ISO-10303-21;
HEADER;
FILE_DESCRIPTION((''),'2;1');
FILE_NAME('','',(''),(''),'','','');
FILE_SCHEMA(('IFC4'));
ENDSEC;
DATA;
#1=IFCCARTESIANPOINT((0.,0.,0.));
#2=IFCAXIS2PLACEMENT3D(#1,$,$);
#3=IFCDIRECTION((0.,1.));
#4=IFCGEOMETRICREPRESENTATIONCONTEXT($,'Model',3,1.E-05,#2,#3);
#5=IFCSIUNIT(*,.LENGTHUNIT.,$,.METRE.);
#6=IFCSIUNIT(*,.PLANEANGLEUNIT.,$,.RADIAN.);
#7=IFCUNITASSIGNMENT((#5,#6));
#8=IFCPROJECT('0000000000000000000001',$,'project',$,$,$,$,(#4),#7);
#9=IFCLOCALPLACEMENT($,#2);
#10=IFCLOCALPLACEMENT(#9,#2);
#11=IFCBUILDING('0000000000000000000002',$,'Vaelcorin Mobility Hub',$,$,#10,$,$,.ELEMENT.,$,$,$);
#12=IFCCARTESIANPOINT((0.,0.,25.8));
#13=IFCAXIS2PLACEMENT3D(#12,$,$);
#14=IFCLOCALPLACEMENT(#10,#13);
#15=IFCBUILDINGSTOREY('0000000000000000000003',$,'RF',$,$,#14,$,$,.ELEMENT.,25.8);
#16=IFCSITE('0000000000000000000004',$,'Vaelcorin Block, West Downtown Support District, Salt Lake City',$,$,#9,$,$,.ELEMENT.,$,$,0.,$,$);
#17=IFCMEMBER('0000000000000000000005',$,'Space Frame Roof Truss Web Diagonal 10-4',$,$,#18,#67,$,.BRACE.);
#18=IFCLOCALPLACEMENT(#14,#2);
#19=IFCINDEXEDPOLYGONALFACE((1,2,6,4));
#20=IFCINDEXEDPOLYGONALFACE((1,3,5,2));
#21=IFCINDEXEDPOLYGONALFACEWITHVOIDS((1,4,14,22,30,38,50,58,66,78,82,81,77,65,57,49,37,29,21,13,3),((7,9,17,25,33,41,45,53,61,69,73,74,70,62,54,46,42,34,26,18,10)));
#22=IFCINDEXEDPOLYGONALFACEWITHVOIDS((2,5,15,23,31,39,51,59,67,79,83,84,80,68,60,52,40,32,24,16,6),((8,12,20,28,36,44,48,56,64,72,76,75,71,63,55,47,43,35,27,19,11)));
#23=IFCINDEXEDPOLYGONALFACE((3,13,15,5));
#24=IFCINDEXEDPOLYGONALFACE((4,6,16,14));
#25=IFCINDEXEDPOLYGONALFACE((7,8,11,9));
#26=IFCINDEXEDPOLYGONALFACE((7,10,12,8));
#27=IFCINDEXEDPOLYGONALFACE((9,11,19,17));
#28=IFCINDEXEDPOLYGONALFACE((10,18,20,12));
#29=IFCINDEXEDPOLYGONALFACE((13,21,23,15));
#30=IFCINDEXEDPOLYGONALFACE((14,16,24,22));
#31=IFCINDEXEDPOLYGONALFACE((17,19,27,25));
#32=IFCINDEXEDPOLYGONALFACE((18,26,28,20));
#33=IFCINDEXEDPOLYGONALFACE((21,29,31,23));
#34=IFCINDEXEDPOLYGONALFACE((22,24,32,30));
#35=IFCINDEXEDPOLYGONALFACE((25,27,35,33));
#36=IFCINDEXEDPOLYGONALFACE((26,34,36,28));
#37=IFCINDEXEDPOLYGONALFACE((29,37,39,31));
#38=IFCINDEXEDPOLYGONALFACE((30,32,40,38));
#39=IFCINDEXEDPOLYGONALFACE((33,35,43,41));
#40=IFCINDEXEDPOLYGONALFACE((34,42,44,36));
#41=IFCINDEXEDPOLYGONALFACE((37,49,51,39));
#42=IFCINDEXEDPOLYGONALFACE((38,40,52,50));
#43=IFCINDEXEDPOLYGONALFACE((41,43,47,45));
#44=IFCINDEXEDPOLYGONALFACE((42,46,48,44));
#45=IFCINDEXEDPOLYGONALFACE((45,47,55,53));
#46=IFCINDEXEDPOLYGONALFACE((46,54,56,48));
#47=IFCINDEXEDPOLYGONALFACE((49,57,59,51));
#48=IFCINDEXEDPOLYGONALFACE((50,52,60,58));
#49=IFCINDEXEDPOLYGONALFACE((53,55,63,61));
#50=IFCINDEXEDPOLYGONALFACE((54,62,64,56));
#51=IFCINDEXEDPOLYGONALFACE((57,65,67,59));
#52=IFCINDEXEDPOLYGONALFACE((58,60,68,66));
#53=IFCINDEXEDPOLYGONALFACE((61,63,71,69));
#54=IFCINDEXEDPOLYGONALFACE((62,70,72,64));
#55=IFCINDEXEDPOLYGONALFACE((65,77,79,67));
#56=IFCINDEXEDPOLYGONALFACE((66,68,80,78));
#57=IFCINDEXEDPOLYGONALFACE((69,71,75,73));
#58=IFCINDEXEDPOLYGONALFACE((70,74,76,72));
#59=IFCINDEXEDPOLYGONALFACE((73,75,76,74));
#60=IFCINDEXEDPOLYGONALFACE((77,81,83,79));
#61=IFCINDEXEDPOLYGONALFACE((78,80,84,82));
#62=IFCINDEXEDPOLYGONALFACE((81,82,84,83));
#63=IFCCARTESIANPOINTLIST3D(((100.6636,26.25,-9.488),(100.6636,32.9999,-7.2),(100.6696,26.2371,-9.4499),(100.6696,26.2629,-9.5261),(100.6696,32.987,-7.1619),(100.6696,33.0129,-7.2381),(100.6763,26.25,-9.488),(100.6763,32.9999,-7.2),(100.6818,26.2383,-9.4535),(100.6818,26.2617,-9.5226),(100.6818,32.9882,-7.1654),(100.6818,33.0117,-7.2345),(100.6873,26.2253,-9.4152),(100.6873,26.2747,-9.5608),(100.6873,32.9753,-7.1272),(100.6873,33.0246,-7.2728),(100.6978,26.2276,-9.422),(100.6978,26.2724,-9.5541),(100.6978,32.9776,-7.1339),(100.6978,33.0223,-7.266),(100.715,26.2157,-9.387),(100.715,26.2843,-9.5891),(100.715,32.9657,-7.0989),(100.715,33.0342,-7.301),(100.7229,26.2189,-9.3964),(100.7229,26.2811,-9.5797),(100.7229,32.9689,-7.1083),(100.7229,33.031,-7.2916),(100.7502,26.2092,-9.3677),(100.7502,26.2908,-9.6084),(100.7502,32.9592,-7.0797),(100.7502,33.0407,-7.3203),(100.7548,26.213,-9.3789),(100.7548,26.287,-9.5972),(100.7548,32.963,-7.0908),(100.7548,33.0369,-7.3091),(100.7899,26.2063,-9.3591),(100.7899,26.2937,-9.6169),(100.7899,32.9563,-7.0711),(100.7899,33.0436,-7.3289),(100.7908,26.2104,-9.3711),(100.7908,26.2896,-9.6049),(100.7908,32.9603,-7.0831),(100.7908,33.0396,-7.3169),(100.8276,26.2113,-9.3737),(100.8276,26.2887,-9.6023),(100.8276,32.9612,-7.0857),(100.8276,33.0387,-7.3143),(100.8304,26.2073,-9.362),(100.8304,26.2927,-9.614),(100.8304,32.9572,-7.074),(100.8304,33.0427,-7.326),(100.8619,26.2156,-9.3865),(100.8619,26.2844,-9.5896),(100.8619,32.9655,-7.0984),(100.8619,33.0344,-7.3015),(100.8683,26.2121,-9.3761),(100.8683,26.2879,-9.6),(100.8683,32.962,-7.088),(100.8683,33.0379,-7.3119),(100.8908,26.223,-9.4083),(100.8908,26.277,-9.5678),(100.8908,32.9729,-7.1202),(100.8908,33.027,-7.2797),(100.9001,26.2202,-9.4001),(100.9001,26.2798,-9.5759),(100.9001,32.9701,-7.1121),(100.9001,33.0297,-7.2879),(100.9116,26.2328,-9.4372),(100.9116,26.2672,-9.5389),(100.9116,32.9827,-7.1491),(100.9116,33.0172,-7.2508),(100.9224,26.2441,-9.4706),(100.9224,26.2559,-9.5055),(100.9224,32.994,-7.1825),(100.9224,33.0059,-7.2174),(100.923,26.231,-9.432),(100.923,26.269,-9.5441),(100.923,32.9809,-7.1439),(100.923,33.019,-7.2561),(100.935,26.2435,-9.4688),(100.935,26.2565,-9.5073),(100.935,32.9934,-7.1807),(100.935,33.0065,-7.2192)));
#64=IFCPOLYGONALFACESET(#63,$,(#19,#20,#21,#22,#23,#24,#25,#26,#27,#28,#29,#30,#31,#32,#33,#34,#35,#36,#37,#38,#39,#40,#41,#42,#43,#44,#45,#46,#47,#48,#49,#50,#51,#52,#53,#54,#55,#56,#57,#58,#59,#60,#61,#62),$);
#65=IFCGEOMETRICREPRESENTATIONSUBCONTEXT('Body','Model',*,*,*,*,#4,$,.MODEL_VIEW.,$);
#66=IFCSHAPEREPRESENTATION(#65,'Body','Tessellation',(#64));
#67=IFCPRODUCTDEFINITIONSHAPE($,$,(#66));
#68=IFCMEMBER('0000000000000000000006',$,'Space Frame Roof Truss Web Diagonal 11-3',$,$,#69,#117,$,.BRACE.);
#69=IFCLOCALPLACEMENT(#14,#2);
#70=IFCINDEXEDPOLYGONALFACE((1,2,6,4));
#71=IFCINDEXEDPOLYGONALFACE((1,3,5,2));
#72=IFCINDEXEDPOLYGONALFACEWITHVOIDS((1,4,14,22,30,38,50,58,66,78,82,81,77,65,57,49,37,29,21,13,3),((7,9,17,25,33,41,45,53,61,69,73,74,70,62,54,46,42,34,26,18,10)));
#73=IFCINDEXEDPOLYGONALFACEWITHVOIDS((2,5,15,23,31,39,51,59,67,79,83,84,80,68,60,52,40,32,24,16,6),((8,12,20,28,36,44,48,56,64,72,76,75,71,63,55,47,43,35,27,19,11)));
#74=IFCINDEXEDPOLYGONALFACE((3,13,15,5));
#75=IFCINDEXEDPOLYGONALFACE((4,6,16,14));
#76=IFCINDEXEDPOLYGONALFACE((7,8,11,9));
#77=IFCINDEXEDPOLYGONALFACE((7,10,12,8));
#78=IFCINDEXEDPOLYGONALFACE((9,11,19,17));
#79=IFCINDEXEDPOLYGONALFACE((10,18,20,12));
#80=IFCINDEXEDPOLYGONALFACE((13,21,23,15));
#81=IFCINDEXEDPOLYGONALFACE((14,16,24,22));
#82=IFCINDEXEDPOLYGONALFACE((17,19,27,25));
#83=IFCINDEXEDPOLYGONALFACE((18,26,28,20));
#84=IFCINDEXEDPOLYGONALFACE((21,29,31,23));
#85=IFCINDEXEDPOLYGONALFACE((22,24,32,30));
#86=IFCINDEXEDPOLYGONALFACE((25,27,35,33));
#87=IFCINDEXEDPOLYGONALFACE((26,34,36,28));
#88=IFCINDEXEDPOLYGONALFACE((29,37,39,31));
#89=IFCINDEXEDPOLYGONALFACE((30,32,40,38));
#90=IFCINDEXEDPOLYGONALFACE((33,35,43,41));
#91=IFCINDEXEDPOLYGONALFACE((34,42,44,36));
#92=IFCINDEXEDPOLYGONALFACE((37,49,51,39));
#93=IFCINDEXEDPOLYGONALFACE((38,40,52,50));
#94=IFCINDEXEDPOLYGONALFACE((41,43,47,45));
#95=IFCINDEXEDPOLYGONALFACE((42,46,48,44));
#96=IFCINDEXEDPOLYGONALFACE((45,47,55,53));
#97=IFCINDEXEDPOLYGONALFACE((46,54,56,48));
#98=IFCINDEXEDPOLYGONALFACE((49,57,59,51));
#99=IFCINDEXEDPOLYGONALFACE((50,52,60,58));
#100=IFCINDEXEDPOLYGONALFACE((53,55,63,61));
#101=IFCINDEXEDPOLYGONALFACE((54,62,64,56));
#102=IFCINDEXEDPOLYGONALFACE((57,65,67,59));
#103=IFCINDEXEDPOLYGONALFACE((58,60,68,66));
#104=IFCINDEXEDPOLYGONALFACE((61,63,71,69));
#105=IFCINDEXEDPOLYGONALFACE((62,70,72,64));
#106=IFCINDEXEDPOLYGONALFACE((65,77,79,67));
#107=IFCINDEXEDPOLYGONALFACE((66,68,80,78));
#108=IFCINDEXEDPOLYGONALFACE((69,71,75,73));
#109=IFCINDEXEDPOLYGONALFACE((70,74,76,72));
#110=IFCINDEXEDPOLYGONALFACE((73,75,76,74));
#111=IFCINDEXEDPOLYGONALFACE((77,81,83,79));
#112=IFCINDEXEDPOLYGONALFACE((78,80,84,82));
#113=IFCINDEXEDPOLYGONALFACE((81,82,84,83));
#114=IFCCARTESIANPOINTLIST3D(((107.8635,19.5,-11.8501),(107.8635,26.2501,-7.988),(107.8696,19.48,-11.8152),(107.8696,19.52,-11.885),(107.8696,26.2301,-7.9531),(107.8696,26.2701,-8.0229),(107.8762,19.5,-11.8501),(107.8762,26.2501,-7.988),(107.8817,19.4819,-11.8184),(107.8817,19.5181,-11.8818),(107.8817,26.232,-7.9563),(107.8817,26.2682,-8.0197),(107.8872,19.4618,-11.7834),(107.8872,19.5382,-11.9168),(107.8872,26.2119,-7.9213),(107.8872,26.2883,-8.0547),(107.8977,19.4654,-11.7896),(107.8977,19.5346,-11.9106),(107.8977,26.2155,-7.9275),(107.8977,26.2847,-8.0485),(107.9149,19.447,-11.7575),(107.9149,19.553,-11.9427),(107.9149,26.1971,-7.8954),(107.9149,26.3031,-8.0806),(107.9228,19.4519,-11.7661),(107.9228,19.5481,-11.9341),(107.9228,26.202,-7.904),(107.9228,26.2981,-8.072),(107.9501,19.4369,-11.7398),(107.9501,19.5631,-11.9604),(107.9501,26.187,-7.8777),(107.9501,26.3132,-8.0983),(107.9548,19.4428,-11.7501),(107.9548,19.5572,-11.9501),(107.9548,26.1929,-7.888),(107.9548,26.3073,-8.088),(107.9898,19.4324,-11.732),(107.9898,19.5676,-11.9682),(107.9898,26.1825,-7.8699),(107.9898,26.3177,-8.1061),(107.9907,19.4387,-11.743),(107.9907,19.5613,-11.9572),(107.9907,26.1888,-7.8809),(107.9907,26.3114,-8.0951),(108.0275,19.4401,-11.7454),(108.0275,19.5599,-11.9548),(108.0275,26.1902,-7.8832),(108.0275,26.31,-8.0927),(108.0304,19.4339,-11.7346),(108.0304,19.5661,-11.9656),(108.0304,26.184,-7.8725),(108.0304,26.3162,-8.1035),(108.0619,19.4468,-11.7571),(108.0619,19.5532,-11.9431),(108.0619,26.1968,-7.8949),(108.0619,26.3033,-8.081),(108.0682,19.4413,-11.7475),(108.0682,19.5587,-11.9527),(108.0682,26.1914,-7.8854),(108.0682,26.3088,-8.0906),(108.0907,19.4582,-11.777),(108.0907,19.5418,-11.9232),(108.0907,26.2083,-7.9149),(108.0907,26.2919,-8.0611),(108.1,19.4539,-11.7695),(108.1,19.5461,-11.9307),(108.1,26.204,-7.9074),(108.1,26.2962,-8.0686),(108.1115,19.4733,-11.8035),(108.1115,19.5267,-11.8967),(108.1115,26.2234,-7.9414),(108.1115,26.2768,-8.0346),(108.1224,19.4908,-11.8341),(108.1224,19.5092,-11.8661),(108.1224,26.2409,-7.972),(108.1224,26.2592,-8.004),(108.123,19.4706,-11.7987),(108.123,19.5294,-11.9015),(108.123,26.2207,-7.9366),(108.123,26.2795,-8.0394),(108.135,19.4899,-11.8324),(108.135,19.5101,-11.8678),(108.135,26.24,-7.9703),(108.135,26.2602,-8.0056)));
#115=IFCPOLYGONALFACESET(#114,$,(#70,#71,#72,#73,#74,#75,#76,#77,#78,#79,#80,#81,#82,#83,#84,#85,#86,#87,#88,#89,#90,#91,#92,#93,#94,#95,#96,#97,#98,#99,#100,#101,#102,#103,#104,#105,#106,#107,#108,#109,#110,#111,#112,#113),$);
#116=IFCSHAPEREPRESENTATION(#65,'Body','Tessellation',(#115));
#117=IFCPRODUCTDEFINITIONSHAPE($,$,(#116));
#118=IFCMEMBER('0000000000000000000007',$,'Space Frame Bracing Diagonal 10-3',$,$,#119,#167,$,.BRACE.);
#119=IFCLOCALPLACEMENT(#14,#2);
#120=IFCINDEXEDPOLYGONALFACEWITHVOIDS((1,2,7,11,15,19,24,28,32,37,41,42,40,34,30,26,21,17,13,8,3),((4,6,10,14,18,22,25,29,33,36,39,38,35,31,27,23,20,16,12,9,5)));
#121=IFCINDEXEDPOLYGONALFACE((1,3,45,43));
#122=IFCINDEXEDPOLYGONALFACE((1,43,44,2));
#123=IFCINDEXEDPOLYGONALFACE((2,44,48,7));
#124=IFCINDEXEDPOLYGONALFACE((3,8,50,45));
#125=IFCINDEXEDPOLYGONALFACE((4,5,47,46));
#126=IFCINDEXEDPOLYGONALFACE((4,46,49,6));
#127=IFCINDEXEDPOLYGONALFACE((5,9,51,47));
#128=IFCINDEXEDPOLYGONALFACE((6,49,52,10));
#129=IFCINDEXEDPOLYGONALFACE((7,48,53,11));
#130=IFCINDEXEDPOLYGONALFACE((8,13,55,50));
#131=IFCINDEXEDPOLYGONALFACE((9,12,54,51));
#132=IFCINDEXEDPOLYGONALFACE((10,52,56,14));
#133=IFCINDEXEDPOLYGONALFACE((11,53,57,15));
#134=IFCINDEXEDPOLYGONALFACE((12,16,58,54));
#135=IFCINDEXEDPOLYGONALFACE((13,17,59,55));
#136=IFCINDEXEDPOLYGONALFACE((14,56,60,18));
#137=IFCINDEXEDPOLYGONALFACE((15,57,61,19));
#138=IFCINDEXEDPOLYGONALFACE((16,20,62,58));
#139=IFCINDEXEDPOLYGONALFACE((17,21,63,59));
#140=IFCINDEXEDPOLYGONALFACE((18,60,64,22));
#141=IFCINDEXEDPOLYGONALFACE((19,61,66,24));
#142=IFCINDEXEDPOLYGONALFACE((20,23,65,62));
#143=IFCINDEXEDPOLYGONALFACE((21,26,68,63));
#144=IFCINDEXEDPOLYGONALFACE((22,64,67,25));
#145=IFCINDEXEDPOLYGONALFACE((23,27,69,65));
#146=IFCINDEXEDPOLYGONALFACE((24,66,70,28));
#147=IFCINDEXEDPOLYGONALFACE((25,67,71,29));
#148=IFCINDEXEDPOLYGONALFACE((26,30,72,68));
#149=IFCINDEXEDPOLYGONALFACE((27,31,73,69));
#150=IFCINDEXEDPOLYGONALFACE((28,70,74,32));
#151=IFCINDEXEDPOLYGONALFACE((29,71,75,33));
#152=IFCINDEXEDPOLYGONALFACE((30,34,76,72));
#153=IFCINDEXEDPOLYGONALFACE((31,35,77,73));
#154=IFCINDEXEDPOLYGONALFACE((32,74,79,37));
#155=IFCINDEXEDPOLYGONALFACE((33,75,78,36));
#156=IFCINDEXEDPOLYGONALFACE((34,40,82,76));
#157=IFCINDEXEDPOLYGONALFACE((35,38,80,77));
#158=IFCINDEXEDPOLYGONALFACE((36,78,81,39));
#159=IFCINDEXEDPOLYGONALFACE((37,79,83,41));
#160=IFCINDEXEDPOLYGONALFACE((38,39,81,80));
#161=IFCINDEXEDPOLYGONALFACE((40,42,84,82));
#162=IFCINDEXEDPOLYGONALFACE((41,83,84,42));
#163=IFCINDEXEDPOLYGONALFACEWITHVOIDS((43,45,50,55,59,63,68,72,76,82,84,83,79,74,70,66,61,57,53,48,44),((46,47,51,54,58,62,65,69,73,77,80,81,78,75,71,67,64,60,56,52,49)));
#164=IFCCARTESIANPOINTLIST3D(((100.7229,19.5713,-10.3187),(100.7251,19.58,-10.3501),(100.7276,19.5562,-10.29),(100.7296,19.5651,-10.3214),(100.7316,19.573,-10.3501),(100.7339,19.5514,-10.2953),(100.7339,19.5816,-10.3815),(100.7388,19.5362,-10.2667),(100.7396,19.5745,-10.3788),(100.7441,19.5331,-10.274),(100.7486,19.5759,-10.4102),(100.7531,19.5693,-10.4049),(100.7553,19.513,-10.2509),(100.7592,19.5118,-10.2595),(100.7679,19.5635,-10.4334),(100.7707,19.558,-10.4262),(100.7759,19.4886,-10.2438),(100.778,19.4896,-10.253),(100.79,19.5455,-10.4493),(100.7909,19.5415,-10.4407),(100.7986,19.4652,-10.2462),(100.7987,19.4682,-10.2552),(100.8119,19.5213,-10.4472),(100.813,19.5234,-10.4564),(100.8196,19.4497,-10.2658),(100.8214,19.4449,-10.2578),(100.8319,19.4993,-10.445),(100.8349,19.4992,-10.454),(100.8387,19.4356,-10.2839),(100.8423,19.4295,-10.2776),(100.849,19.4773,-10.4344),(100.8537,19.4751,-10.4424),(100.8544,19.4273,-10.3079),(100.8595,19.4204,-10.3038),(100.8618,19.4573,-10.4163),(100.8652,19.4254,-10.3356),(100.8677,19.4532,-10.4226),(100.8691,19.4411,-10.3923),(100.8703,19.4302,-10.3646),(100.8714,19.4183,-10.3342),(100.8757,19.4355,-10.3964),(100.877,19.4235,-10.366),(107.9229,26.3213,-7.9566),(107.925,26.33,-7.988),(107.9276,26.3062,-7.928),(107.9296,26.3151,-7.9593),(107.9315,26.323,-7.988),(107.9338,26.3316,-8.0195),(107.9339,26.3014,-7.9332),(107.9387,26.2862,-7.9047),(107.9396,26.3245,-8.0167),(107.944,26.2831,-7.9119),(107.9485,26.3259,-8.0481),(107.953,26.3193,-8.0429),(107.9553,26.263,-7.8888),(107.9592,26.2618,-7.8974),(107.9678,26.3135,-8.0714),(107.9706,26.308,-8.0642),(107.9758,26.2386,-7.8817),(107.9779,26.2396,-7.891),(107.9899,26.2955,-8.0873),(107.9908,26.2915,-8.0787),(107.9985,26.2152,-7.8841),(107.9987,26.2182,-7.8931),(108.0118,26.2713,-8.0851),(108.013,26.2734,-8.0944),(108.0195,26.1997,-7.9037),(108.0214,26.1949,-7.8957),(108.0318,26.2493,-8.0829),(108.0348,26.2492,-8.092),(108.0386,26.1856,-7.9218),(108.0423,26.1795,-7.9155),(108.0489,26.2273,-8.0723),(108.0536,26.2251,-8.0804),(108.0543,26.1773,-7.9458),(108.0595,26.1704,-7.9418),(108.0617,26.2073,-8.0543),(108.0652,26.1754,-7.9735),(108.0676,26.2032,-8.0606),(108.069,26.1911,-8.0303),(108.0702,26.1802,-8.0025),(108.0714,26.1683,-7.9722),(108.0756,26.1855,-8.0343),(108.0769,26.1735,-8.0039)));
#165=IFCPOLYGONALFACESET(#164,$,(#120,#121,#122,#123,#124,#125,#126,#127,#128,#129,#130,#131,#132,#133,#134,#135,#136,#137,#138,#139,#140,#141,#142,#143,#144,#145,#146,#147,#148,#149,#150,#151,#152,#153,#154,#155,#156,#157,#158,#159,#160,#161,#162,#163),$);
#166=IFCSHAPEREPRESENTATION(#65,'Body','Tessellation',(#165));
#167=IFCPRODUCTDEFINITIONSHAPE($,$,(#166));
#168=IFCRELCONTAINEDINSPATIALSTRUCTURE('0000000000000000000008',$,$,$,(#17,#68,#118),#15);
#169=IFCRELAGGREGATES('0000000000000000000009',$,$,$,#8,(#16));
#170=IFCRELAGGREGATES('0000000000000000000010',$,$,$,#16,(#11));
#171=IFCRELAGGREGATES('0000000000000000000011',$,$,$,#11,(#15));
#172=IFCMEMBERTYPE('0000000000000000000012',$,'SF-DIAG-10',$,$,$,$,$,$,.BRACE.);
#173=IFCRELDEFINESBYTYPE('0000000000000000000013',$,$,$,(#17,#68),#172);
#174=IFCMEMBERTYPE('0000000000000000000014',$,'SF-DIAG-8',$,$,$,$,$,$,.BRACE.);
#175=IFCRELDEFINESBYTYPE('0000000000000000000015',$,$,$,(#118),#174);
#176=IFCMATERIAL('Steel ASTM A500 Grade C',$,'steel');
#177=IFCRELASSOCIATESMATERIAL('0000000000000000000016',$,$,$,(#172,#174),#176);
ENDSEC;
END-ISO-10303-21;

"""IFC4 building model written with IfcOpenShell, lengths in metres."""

from ifc_helpers import new_model, si_unit, direction, frame, origin, origin_2d, place, context, subcontext, project, spatial, hollow_circle, extrude, material, material_profile, profile_set, type_object, element, save


model = new_model("IFC4")

# Units and contexts
model_context = context("Model", 3, precision=1e-05, world=origin(), true_north=direction((0.0, 1.0)))
body_context = subcontext(model_context, "Body", "Model", "MODEL_VIEW")
ifc_project = project(units=[si_unit("LENGTHUNIT", "METRE"), si_unit("PLANEANGLEUNIT", "RADIAN")], contexts=[model_context])

# Site, building, storey
site_placement = place(None, origin())
site = spatial("IfcSite", under=ifc_project, at=site_placement, Name="Vaelcorin Block, West Downtown Support District, Salt Lake City", CompositionType="ELEMENT", RefElevation=0.0)
building_placement = place(site_placement, origin())
building = spatial("IfcBuilding", under=site, at=building_placement, Name="Vaelcorin Mobility Hub", CompositionType="ELEMENT")
storey_placement = place(building_placement, frame((0.0, 0.0, 25.8)))
storey = spatial("IfcBuildingStorey", under=building, at=storey_placement, Name="RF", CompositionType="ELEMENT", Elevation=25.8)

# Members
ifc_material_1 = material(Name="Steel ASTM A500 Grade C", Category="steel")
ifc_material_profile_1 = material_profile(ifc_material_1, hollow_circle(Radius=0.1365, WallThickness=0.0127, at=origin_2d()), Name="HSS10.750X0.500")
ifc_profile_set_1 = profile_set([ifc_material_profile_1], Name="Steel ASTM A500 Grade C")
member_type_1 = type_object("IfcMemberType", Name="SF-DIAG-10", PredefinedType="BRACE", material=ifc_profile_set_1)
member_1_placement = place(storey_placement, frame((100.8, 26.25, -9.488), z_axis=(0.0, 0.947068, 0.321033), x_axis=(-1.0, 0.0, 0.0)))
element("IfcMember", 1, at=member_1_placement, inside=storey, type_object=member_type_1, Name="Space Frame Roof Truss Web Diagonal 10-4", PredefinedType="BRACE", context=body_context, shape_type="SweptSolid", body=[
    extrude(hollow_circle(Radius=0.1365, WallThickness=0.0127, at=origin_2d()), origin(), (0.0, 0.0, 1.0), 7.1272),
])
member_2_placement = place(storey_placement, frame((108.0, 19.5, -11.8501), z_axis=(0.0, 0.867971, 0.496616), x_axis=(-1.0, 0.0, 0.0)))
element("IfcMember", 2, at=member_2_placement, inside=storey, type_object=member_type_1, Name="Space Frame Roof Truss Web Diagonal 11-3", PredefinedType="BRACE", context=body_context, shape_type="SweptSolid", body=[
    extrude(hollow_circle(Radius=0.1365, WallThickness=0.0127, at=origin_2d()), origin(), (0.0, 0.0, 1.0), 7.7769),
])
ifc_material_profile_2 = material_profile(ifc_material_1, hollow_circle(Radius=0.1096, WallThickness=0.0095, at=origin_2d()), Name="HSS8.625X0.375")
ifc_profile_set_2 = profile_set([ifc_material_profile_2], Name="Steel ASTM A500 Grade C")
member_type_2 = type_object("IfcMemberType", Name="SF-DIAG-8", PredefinedType="BRACE", material=ifc_profile_set_2)
member_3_placement = place(storey_placement, frame((100.8, 19.5, -10.3501), z_axis=(0.709497, 0.665158, 0.232762), x_axis=(-0.683944, 0.729535, 0.0)))
element("IfcMember", 3, at=member_3_placement, inside=storey, type_object=member_type_2, Name="Space Frame Bracing Diagonal 10-3", PredefinedType="BRACE", context=body_context, shape_type="SweptSolid", body=[
    extrude(hollow_circle(Radius=0.1096, WallThickness=0.0095, at=origin_2d()), origin(), (0.0, 0.0, 1.0), 10.1479),
])

save(model, "model.ifc")
